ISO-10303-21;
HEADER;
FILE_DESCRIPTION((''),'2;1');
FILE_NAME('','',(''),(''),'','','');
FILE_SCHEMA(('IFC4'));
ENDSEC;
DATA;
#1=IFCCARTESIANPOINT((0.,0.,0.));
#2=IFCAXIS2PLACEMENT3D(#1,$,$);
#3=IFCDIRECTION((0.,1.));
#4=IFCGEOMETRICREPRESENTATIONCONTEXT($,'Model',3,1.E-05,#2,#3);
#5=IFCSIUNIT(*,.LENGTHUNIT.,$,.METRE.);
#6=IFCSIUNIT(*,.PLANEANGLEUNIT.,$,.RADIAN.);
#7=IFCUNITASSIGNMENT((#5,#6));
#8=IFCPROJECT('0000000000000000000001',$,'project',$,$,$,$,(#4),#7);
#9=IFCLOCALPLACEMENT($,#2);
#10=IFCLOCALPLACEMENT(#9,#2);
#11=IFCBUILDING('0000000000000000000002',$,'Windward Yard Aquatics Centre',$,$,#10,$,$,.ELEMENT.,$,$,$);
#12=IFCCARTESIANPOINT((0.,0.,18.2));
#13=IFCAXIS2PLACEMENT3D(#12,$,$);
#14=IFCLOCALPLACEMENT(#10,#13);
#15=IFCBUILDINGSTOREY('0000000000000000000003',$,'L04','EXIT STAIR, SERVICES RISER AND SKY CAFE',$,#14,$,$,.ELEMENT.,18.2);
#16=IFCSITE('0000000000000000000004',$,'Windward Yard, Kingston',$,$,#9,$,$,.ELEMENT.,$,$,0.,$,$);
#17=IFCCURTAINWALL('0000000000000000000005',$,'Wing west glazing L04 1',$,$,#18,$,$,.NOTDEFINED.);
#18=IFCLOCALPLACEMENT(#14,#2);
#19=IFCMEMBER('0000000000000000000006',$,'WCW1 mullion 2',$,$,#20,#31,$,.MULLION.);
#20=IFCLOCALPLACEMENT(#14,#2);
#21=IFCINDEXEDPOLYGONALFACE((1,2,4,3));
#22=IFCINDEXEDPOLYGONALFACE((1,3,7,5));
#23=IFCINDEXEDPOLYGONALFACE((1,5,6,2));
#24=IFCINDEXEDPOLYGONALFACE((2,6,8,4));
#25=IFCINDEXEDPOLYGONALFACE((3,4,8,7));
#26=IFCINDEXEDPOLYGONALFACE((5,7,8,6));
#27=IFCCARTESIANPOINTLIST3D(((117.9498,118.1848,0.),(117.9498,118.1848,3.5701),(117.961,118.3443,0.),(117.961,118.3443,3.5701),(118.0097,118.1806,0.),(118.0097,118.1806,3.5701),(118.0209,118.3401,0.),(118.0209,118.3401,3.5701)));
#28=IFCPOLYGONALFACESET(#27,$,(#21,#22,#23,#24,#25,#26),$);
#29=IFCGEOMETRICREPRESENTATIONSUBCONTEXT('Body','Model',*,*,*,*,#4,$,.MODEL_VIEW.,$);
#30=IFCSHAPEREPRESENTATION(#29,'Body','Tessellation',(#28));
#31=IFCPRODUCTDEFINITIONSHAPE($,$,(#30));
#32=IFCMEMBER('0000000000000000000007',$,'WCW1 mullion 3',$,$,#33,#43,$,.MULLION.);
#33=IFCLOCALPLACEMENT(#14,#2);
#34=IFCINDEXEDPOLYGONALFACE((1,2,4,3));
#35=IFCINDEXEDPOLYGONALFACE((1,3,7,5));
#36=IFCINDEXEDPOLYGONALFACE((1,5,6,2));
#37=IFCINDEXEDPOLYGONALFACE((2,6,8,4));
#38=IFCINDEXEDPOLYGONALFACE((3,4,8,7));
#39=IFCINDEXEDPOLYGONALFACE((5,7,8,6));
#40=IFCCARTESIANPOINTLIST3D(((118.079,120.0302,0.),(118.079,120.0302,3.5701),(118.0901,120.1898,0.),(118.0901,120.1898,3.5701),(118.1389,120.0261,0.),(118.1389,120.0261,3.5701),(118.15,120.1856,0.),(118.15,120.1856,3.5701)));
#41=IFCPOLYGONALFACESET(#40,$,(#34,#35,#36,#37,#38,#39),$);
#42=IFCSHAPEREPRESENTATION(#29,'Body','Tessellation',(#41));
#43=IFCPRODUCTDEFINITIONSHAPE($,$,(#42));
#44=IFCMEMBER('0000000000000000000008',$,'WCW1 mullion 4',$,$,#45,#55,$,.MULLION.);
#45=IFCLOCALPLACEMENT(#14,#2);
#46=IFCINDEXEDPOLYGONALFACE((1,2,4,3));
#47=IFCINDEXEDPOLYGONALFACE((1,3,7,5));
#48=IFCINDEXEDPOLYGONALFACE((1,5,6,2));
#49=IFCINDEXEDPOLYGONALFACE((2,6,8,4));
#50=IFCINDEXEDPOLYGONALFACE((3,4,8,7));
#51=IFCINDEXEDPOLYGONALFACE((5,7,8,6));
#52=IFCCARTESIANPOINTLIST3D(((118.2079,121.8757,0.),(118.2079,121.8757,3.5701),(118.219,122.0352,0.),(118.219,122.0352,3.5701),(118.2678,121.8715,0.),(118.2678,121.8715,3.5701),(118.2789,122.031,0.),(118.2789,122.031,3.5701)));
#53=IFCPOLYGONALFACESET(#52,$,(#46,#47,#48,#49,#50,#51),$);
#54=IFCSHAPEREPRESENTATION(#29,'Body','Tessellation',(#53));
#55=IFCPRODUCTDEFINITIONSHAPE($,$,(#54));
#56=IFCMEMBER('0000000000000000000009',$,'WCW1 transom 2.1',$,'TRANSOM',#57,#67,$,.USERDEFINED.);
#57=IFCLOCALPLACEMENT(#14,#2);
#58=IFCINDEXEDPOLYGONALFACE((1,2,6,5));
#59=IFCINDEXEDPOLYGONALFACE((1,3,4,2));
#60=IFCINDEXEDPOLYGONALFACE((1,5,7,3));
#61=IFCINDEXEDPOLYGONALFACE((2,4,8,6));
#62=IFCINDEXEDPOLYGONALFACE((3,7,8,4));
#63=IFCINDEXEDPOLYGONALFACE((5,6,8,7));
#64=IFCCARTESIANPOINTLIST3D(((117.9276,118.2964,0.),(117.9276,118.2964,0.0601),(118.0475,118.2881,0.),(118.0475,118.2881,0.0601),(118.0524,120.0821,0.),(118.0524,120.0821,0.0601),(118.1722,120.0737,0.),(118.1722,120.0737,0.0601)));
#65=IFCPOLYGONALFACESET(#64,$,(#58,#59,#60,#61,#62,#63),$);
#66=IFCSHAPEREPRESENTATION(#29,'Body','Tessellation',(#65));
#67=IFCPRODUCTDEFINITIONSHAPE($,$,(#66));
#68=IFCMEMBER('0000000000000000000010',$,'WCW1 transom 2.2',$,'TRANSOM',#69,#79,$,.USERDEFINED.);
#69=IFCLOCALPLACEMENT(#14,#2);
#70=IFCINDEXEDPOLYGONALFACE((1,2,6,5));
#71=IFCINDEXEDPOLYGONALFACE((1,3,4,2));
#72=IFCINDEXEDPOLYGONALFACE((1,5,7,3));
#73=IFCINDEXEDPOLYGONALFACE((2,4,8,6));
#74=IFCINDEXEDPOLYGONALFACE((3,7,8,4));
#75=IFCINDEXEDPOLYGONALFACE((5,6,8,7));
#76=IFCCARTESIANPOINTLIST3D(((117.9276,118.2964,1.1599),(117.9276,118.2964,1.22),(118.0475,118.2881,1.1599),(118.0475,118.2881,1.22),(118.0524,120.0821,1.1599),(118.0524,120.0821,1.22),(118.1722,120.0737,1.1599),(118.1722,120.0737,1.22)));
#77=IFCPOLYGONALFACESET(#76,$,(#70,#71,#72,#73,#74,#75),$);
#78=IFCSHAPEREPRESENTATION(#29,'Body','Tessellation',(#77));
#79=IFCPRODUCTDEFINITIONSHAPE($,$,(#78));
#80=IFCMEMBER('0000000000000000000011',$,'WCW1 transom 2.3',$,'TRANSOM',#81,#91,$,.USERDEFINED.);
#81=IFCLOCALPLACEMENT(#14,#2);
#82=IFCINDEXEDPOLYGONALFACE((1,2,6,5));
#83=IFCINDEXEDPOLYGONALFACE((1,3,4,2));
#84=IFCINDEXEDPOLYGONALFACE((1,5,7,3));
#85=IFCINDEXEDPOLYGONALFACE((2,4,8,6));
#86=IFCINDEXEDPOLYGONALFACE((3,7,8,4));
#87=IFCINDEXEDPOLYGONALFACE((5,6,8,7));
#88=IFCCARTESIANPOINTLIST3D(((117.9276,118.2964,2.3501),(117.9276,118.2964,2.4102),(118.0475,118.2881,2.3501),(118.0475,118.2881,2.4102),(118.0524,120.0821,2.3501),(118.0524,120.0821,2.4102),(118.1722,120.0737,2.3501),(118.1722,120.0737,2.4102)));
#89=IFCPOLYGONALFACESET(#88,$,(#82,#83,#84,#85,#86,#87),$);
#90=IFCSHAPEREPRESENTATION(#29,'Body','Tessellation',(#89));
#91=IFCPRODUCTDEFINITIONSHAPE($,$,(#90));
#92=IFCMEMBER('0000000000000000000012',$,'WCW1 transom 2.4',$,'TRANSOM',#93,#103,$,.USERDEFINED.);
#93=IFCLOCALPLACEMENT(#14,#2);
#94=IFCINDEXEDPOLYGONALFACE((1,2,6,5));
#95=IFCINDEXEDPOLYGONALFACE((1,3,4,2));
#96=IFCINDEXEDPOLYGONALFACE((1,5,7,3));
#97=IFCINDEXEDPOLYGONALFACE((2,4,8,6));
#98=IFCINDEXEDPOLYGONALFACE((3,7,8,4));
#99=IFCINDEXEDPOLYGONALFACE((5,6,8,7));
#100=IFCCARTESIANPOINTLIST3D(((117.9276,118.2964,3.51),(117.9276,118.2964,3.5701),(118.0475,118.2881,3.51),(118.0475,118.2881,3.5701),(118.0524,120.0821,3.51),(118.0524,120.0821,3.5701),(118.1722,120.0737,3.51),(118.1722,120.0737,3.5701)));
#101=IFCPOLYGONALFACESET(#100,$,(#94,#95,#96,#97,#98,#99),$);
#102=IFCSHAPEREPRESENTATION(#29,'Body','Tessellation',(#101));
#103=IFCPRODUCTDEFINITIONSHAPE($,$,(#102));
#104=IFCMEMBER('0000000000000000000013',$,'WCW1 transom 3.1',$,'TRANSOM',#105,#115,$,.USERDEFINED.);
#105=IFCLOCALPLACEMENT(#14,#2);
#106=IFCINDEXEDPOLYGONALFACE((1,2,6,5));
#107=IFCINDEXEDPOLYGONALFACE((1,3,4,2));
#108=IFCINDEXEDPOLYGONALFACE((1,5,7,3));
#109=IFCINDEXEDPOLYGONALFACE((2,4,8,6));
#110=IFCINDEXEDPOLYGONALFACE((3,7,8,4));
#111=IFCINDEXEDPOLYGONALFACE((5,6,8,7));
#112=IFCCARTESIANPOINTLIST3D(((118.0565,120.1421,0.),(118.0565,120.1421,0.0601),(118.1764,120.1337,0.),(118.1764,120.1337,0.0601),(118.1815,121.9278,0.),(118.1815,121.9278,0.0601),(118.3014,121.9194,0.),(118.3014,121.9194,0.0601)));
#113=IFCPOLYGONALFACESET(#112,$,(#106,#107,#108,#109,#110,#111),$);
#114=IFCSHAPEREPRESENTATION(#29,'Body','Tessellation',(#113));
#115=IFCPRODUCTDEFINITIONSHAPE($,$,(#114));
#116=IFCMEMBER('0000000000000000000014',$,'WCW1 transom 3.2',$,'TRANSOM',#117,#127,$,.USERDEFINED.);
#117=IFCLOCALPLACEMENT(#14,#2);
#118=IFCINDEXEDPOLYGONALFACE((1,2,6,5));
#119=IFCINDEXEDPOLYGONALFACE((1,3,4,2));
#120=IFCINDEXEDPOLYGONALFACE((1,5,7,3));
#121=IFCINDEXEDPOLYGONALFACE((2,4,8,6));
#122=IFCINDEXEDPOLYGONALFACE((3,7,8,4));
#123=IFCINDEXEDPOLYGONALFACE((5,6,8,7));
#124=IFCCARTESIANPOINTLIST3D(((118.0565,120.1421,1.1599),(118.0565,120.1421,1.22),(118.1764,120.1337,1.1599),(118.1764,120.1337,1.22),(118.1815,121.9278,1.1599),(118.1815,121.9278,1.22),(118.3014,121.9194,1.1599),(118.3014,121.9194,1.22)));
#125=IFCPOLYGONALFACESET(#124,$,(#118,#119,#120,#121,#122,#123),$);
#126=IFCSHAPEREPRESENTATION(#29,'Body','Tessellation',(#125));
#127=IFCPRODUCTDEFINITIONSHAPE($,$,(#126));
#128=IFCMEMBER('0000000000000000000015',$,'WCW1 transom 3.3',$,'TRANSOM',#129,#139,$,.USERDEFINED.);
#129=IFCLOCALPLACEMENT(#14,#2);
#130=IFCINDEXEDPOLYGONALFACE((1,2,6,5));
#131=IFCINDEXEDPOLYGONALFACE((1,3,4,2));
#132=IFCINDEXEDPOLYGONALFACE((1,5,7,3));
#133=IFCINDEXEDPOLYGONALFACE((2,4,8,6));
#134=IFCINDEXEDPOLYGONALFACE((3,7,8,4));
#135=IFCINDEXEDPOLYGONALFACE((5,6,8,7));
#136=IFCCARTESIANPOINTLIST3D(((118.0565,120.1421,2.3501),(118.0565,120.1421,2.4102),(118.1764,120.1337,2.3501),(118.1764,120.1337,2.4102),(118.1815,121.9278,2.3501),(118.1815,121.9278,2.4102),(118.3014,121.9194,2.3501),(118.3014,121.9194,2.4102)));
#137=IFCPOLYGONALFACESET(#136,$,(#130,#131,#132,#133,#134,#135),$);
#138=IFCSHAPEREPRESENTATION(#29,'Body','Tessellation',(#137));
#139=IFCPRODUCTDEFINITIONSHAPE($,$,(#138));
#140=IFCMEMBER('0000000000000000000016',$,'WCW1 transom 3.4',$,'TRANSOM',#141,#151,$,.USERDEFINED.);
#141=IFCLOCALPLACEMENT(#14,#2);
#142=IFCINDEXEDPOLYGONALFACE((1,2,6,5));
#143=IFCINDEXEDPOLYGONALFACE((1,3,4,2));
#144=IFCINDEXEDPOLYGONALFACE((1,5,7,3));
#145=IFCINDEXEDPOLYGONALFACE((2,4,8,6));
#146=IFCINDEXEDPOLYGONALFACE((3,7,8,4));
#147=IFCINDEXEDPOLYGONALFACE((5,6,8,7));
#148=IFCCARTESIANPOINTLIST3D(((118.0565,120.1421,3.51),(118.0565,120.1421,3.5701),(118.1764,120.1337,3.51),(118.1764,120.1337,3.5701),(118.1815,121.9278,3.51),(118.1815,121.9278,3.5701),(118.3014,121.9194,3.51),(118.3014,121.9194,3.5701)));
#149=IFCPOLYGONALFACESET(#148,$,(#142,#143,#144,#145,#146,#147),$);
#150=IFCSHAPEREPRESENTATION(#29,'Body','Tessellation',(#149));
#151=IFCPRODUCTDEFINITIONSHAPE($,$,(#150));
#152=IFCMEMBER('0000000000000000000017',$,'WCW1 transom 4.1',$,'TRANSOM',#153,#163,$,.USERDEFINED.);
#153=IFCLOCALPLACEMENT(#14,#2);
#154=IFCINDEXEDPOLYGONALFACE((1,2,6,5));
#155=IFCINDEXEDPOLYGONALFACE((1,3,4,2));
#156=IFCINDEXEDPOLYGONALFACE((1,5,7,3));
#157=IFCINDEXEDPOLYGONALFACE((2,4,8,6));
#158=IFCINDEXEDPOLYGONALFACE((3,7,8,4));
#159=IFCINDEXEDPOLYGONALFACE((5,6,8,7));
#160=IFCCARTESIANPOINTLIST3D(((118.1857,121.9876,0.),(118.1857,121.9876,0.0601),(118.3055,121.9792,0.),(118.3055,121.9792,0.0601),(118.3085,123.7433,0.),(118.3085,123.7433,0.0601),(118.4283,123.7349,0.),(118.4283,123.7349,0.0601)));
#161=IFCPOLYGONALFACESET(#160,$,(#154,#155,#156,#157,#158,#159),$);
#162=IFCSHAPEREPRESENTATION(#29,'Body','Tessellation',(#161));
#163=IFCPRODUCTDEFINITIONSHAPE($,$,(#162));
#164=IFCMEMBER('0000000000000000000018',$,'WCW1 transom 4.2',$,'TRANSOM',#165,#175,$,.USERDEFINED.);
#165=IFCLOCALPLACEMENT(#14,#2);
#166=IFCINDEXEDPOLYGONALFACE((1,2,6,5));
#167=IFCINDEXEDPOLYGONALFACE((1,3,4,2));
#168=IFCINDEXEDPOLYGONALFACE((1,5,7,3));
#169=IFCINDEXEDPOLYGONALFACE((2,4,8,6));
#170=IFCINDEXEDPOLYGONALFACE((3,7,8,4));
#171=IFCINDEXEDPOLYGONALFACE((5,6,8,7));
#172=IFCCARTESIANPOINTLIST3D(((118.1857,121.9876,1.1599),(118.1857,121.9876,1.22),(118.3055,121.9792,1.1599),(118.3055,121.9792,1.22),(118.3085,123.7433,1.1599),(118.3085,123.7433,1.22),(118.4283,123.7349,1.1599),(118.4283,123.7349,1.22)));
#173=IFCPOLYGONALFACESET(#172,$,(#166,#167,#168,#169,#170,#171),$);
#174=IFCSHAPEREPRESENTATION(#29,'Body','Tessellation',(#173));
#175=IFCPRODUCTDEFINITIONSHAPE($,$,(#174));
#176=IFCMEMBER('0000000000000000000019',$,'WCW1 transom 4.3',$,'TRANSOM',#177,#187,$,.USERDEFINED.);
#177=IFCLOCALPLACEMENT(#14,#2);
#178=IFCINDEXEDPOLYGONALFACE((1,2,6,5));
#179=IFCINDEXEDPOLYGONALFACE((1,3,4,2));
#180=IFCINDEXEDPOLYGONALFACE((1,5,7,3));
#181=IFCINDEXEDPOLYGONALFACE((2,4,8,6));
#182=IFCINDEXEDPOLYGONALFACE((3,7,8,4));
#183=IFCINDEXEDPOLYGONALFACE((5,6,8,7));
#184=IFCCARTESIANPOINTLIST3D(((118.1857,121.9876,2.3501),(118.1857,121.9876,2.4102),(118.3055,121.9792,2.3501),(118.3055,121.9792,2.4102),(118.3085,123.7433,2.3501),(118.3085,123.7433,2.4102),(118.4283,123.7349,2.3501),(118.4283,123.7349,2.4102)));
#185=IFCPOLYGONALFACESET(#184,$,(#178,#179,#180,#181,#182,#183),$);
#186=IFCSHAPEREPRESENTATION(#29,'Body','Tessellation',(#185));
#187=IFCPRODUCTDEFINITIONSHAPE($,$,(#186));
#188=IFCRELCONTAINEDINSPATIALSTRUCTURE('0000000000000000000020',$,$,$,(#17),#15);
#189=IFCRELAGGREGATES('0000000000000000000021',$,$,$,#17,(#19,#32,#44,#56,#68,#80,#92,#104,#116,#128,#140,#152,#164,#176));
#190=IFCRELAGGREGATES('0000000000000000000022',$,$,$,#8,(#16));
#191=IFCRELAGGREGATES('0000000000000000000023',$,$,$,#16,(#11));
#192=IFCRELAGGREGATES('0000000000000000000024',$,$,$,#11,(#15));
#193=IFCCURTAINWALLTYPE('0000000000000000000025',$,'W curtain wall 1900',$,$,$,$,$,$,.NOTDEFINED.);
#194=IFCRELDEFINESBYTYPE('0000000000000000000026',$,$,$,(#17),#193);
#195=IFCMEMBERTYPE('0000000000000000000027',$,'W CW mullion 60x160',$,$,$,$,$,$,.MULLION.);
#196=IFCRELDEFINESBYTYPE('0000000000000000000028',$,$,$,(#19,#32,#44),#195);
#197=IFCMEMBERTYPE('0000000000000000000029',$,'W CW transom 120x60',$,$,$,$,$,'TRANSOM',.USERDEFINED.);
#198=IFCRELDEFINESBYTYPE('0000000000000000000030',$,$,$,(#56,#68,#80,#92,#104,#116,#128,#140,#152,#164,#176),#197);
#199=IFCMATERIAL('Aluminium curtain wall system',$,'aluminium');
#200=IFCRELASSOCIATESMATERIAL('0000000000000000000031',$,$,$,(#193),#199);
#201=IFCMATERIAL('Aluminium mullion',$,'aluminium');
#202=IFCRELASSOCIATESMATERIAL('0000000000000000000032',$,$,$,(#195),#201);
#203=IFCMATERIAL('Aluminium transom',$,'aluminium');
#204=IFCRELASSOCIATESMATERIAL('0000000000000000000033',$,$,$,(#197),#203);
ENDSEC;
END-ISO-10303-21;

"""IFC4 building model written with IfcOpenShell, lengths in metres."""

from ifc_helpers import new_model, si_unit, direction, frame, origin, origin_2d, place, context, subcontext, project, spatial, rectangle, extrude, material, material_profile, profile_set, type_object, element, aggregate, save


model = new_model("IFC4")

# Units and contexts
model_context = context("Model", 3, precision=1e-05, world=origin(), true_north=direction((0.0, 1.0)))
body_context = subcontext(model_context, "Body", "Model", "MODEL_VIEW")
ifc_project = project(units=[si_unit("LENGTHUNIT", "METRE"), si_unit("PLANEANGLEUNIT", "RADIAN")], contexts=[model_context])

# Site, building, storey
site_placement = place(None, origin())
site = spatial("IfcSite", under=ifc_project, at=site_placement, Name="Windward Yard, Kingston", CompositionType="ELEMENT", RefElevation=0.0)
building_placement = place(site_placement, origin())
building = spatial("IfcBuilding", under=site, at=building_placement, Name="Windward Yard Aquatics Centre", CompositionType="ELEMENT")
storey_placement = place(building_placement, frame((0.0, 0.0, 18.2)))
storey = spatial("IfcBuildingStorey", under=building, at=storey_placement, Name="L04", Description="EXIT STAIR, SERVICES RISER AND SKY CAFE", CompositionType="ELEMENT", Elevation=18.2)

# Curtain wall, members
ifc_material_1 = material(Name="Aluminium curtain wall system", Category="aluminium")
curtain_wall_type = type_object("IfcCurtainWallType", Name="W curtain wall 1900", PredefinedType="NOTDEFINED", material=ifc_material_1)
curtain_wall_placement = place(storey_placement, origin())
curtain_wall = element("IfcCurtainWall", 1, at=curtain_wall_placement, inside=storey, type_object=curtain_wall_type, Name="Wing west glazing L04 1", PredefinedType="NOTDEFINED")
ifc_material_2 = material(Name="Aluminium mullion", Category="aluminium")
ifc_material_profile_1 = material_profile(ifc_material_2, rectangle(XDim=0.0601, YDim=0.1599, at=origin_2d()), Name="AL 60x160")
ifc_profile_set_1 = profile_set([ifc_material_profile_1], Name="Aluminium mullion")
member_type_1 = type_object("IfcMemberType", Name="W CW mullion 60x160", PredefinedType="MULLION", material=ifc_profile_set_1)
member_1_placement = place(storey_placement, frame((117.9854, 118.2625, 0.0), z_axis=(0.0, 0.0, 1.0), x_axis=(-0.997564, 0.069757, 0.0)))
member_1 = element("IfcMember", 2, at=member_1_placement, type_object=member_type_1, Name="WCW1 mullion 2", PredefinedType="MULLION", context=body_context, shape_type="SweptSolid", body=[
    extrude(rectangle(XDim=0.0601, YDim=0.1599, at=origin_2d()), origin(), (0.0, 0.0, 1.0), 3.5701),
])
member_2_placement = place(storey_placement, frame((118.1145, 120.1079, 0.0), z_axis=(0.0, 0.0, 1.0), x_axis=(-0.997564, 0.069757, 0.0)))
member_2 = element("IfcMember", 3, at=member_2_placement, type_object=member_type_1, Name="WCW1 mullion 3", PredefinedType="MULLION", context=body_context, shape_type="SweptSolid", body=[
    extrude(rectangle(XDim=0.0601, YDim=0.1599, at=origin_2d()), origin(), (0.0, 0.0, 1.0), 3.5701),
])
member_3_placement = place(storey_placement, frame((118.2434, 121.9534, 0.0), z_axis=(0.0, 0.0, 1.0), x_axis=(-0.997564, 0.069757, 0.0)))
member_3 = element("IfcMember", 4, at=member_3_placement, type_object=member_type_1, Name="WCW1 mullion 4", PredefinedType="MULLION", context=body_context, shape_type="SweptSolid", body=[
    extrude(rectangle(XDim=0.0601, YDim=0.1599, at=origin_2d()), origin(), (0.0, 0.0, 1.0), 3.5701),
])
ifc_material_3 = material(Name="Aluminium transom", Category="aluminium")
ifc_material_profile_2 = material_profile(ifc_material_3, rectangle(XDim=0.1201, YDim=0.0601, at=origin_2d()), Name="AL 120x60")
ifc_profile_set_2 = profile_set([ifc_material_profile_2], Name="Aluminium transom")
member_type_2 = type_object("IfcMemberType", Name="W CW transom 120x60", ElementType="TRANSOM", PredefinedType="USERDEFINED", material=ifc_profile_set_2)
member_4_placement = place(storey_placement, frame((117.9875, 118.2922, 0.03), z_axis=(0.069696, 0.997568, 0.0), x_axis=(-0.997568, 0.069696, 0.0)))
member_4 = element("IfcMember", 5, at=member_4_placement, type_object=member_type_2, Name="WCW1 transom 2.1", ObjectType="TRANSOM", PredefinedType="USERDEFINED", context=body_context, shape_type="SweptSolid", body=[
    extrude(rectangle(XDim=0.1201, YDim=0.0601, at=origin_2d()), origin(), (0.0, 0.0, 1.0), 1.79),
])
member_5_placement = place(storey_placement, frame((117.9875, 118.2922, 1.1899), z_axis=(0.069696, 0.997568, 0.0), x_axis=(-0.997568, 0.069696, 0.0)))
member_5 = element("IfcMember", 6, at=member_5_placement, type_object=member_type_2, Name="WCW1 transom 2.2", ObjectType="TRANSOM", PredefinedType="USERDEFINED", context=body_context, shape_type="SweptSolid", body=[
    extrude(rectangle(XDim=0.1201, YDim=0.0601, at=origin_2d()), origin(), (0.0, 0.0, 1.0), 1.79),
])
member_6_placement = place(storey_placement, frame((117.9875, 118.2922, 2.3801), z_axis=(0.069696, 0.997568, 0.0), x_axis=(-0.997568, 0.069696, 0.0)))
member_6 = element("IfcMember", 7, at=member_6_placement, type_object=member_type_2, Name="WCW1 transom 2.3", ObjectType="TRANSOM", PredefinedType="USERDEFINED", context=body_context, shape_type="SweptSolid", body=[
    extrude(rectangle(XDim=0.1201, YDim=0.0601, at=origin_2d()), origin(), (0.0, 0.0, 1.0), 1.79),
])
member_7_placement = place(storey_placement, frame((117.9875, 118.2922, 3.54), z_axis=(0.069696, 0.997568, 0.0), x_axis=(-0.997568, 0.069696, 0.0)))
member_7 = element("IfcMember", 8, at=member_7_placement, type_object=member_type_2, Name="WCW1 transom 2.4", ObjectType="TRANSOM", PredefinedType="USERDEFINED", context=body_context, shape_type="SweptSolid", body=[
    extrude(rectangle(XDim=0.1201, YDim=0.0601, at=origin_2d()), origin(), (0.0, 0.0, 1.0), 1.79),
])
member_8_placement = place(storey_placement, frame((118.1165, 120.1379, 0.03), z_axis=(0.069832, 0.997559, 0.0), x_axis=(-0.997559, 0.069832, 0.0)))
member_8 = element("IfcMember", 9, at=member_8_placement, type_object=member_type_2, Name="WCW1 transom 3.1", ObjectType="TRANSOM", PredefinedType="USERDEFINED", context=body_context, shape_type="SweptSolid", body=[
    extrude(rectangle(XDim=0.1201, YDim=0.0601, at=origin_2d()), origin(), (0.0, 0.0, 1.0), 1.79),
])
member_9_placement = place(storey_placement, frame((118.1165, 120.1379, 1.1899), z_axis=(0.069832, 0.997559, 0.0), x_axis=(-0.997559, 0.069832, 0.0)))
member_9 = element("IfcMember", 10, at=member_9_placement, type_object=member_type_2, Name="WCW1 transom 3.2", ObjectType="TRANSOM", PredefinedType="USERDEFINED", context=body_context, shape_type="SweptSolid", body=[
    extrude(rectangle(XDim=0.1201, YDim=0.0601, at=origin_2d()), origin(), (0.0, 0.0, 1.0), 1.79),
])
member_10_placement = place(storey_placement, frame((118.1165, 120.1379, 2.3801), z_axis=(0.069832, 0.997559, 0.0), x_axis=(-0.997559, 0.069832, 0.0)))
member_10 = element("IfcMember", 11, at=member_10_placement, type_object=member_type_2, Name="WCW1 transom 3.3", ObjectType="TRANSOM", PredefinedType="USERDEFINED", context=body_context, shape_type="SweptSolid", body=[
    extrude(rectangle(XDim=0.1201, YDim=0.0601, at=origin_2d()), origin(), (0.0, 0.0, 1.0), 1.79),
])
member_11_placement = place(storey_placement, frame((118.1165, 120.1379, 3.54), z_axis=(0.069832, 0.997559, 0.0), x_axis=(-0.997559, 0.069832, 0.0)))
member_11 = element("IfcMember", 12, at=member_11_placement, type_object=member_type_2, Name="WCW1 transom 3.4", ObjectType="TRANSOM", PredefinedType="USERDEFINED", context=body_context, shape_type="SweptSolid", body=[
    extrude(rectangle(XDim=0.1201, YDim=0.0601, at=origin_2d()), origin(), (0.0, 0.0, 1.0), 1.79),
])
member_12_placement = place(storey_placement, frame((118.2456, 121.9834, 0.03), z_axis=(0.069778, 0.997563, 0.0), x_axis=(-0.997563, 0.069778, 0.0)))
member_12 = element("IfcMember", 13, at=member_12_placement, type_object=member_type_2, Name="WCW1 transom 4.1", ObjectType="TRANSOM", PredefinedType="USERDEFINED", context=body_context, shape_type="SweptSolid", body=[
    extrude(rectangle(XDim=0.1201, YDim=0.0601, at=origin_2d()), origin(), (0.0, 0.0, 1.0), 1.76),
])
member_13_placement = place(storey_placement, frame((118.2456, 121.9834, 1.1899), z_axis=(0.069778, 0.997563, 0.0), x_axis=(-0.997563, 0.069778, 0.0)))
member_13 = element("IfcMember", 14, at=member_13_placement, type_object=member_type_2, Name="WCW1 transom 4.2", ObjectType="TRANSOM", PredefinedType="USERDEFINED", context=body_context, shape_type="SweptSolid", body=[
    extrude(rectangle(XDim=0.1201, YDim=0.0601, at=origin_2d()), origin(), (0.0, 0.0, 1.0), 1.76),
])
member_14_placement = place(storey_placement, frame((118.2456, 121.9834, 2.3801), z_axis=(0.069778, 0.997563, 0.0), x_axis=(-0.997563, 0.069778, 0.0)))
member_14 = element("IfcMember", 15, at=member_14_placement, type_object=member_type_2, Name="WCW1 transom 4.3", ObjectType="TRANSOM", PredefinedType="USERDEFINED", context=body_context, shape_type="SweptSolid", body=[
    extrude(rectangle(XDim=0.1201, YDim=0.0601, at=origin_2d()), origin(), (0.0, 0.0, 1.0), 1.76),
])
aggregate(curtain_wall, [member_1, member_2, member_3, member_4, member_5, member_6, member_7, member_8, member_9, member_10, member_11, member_12, member_13, member_14])

save(model, "model.ifc")
